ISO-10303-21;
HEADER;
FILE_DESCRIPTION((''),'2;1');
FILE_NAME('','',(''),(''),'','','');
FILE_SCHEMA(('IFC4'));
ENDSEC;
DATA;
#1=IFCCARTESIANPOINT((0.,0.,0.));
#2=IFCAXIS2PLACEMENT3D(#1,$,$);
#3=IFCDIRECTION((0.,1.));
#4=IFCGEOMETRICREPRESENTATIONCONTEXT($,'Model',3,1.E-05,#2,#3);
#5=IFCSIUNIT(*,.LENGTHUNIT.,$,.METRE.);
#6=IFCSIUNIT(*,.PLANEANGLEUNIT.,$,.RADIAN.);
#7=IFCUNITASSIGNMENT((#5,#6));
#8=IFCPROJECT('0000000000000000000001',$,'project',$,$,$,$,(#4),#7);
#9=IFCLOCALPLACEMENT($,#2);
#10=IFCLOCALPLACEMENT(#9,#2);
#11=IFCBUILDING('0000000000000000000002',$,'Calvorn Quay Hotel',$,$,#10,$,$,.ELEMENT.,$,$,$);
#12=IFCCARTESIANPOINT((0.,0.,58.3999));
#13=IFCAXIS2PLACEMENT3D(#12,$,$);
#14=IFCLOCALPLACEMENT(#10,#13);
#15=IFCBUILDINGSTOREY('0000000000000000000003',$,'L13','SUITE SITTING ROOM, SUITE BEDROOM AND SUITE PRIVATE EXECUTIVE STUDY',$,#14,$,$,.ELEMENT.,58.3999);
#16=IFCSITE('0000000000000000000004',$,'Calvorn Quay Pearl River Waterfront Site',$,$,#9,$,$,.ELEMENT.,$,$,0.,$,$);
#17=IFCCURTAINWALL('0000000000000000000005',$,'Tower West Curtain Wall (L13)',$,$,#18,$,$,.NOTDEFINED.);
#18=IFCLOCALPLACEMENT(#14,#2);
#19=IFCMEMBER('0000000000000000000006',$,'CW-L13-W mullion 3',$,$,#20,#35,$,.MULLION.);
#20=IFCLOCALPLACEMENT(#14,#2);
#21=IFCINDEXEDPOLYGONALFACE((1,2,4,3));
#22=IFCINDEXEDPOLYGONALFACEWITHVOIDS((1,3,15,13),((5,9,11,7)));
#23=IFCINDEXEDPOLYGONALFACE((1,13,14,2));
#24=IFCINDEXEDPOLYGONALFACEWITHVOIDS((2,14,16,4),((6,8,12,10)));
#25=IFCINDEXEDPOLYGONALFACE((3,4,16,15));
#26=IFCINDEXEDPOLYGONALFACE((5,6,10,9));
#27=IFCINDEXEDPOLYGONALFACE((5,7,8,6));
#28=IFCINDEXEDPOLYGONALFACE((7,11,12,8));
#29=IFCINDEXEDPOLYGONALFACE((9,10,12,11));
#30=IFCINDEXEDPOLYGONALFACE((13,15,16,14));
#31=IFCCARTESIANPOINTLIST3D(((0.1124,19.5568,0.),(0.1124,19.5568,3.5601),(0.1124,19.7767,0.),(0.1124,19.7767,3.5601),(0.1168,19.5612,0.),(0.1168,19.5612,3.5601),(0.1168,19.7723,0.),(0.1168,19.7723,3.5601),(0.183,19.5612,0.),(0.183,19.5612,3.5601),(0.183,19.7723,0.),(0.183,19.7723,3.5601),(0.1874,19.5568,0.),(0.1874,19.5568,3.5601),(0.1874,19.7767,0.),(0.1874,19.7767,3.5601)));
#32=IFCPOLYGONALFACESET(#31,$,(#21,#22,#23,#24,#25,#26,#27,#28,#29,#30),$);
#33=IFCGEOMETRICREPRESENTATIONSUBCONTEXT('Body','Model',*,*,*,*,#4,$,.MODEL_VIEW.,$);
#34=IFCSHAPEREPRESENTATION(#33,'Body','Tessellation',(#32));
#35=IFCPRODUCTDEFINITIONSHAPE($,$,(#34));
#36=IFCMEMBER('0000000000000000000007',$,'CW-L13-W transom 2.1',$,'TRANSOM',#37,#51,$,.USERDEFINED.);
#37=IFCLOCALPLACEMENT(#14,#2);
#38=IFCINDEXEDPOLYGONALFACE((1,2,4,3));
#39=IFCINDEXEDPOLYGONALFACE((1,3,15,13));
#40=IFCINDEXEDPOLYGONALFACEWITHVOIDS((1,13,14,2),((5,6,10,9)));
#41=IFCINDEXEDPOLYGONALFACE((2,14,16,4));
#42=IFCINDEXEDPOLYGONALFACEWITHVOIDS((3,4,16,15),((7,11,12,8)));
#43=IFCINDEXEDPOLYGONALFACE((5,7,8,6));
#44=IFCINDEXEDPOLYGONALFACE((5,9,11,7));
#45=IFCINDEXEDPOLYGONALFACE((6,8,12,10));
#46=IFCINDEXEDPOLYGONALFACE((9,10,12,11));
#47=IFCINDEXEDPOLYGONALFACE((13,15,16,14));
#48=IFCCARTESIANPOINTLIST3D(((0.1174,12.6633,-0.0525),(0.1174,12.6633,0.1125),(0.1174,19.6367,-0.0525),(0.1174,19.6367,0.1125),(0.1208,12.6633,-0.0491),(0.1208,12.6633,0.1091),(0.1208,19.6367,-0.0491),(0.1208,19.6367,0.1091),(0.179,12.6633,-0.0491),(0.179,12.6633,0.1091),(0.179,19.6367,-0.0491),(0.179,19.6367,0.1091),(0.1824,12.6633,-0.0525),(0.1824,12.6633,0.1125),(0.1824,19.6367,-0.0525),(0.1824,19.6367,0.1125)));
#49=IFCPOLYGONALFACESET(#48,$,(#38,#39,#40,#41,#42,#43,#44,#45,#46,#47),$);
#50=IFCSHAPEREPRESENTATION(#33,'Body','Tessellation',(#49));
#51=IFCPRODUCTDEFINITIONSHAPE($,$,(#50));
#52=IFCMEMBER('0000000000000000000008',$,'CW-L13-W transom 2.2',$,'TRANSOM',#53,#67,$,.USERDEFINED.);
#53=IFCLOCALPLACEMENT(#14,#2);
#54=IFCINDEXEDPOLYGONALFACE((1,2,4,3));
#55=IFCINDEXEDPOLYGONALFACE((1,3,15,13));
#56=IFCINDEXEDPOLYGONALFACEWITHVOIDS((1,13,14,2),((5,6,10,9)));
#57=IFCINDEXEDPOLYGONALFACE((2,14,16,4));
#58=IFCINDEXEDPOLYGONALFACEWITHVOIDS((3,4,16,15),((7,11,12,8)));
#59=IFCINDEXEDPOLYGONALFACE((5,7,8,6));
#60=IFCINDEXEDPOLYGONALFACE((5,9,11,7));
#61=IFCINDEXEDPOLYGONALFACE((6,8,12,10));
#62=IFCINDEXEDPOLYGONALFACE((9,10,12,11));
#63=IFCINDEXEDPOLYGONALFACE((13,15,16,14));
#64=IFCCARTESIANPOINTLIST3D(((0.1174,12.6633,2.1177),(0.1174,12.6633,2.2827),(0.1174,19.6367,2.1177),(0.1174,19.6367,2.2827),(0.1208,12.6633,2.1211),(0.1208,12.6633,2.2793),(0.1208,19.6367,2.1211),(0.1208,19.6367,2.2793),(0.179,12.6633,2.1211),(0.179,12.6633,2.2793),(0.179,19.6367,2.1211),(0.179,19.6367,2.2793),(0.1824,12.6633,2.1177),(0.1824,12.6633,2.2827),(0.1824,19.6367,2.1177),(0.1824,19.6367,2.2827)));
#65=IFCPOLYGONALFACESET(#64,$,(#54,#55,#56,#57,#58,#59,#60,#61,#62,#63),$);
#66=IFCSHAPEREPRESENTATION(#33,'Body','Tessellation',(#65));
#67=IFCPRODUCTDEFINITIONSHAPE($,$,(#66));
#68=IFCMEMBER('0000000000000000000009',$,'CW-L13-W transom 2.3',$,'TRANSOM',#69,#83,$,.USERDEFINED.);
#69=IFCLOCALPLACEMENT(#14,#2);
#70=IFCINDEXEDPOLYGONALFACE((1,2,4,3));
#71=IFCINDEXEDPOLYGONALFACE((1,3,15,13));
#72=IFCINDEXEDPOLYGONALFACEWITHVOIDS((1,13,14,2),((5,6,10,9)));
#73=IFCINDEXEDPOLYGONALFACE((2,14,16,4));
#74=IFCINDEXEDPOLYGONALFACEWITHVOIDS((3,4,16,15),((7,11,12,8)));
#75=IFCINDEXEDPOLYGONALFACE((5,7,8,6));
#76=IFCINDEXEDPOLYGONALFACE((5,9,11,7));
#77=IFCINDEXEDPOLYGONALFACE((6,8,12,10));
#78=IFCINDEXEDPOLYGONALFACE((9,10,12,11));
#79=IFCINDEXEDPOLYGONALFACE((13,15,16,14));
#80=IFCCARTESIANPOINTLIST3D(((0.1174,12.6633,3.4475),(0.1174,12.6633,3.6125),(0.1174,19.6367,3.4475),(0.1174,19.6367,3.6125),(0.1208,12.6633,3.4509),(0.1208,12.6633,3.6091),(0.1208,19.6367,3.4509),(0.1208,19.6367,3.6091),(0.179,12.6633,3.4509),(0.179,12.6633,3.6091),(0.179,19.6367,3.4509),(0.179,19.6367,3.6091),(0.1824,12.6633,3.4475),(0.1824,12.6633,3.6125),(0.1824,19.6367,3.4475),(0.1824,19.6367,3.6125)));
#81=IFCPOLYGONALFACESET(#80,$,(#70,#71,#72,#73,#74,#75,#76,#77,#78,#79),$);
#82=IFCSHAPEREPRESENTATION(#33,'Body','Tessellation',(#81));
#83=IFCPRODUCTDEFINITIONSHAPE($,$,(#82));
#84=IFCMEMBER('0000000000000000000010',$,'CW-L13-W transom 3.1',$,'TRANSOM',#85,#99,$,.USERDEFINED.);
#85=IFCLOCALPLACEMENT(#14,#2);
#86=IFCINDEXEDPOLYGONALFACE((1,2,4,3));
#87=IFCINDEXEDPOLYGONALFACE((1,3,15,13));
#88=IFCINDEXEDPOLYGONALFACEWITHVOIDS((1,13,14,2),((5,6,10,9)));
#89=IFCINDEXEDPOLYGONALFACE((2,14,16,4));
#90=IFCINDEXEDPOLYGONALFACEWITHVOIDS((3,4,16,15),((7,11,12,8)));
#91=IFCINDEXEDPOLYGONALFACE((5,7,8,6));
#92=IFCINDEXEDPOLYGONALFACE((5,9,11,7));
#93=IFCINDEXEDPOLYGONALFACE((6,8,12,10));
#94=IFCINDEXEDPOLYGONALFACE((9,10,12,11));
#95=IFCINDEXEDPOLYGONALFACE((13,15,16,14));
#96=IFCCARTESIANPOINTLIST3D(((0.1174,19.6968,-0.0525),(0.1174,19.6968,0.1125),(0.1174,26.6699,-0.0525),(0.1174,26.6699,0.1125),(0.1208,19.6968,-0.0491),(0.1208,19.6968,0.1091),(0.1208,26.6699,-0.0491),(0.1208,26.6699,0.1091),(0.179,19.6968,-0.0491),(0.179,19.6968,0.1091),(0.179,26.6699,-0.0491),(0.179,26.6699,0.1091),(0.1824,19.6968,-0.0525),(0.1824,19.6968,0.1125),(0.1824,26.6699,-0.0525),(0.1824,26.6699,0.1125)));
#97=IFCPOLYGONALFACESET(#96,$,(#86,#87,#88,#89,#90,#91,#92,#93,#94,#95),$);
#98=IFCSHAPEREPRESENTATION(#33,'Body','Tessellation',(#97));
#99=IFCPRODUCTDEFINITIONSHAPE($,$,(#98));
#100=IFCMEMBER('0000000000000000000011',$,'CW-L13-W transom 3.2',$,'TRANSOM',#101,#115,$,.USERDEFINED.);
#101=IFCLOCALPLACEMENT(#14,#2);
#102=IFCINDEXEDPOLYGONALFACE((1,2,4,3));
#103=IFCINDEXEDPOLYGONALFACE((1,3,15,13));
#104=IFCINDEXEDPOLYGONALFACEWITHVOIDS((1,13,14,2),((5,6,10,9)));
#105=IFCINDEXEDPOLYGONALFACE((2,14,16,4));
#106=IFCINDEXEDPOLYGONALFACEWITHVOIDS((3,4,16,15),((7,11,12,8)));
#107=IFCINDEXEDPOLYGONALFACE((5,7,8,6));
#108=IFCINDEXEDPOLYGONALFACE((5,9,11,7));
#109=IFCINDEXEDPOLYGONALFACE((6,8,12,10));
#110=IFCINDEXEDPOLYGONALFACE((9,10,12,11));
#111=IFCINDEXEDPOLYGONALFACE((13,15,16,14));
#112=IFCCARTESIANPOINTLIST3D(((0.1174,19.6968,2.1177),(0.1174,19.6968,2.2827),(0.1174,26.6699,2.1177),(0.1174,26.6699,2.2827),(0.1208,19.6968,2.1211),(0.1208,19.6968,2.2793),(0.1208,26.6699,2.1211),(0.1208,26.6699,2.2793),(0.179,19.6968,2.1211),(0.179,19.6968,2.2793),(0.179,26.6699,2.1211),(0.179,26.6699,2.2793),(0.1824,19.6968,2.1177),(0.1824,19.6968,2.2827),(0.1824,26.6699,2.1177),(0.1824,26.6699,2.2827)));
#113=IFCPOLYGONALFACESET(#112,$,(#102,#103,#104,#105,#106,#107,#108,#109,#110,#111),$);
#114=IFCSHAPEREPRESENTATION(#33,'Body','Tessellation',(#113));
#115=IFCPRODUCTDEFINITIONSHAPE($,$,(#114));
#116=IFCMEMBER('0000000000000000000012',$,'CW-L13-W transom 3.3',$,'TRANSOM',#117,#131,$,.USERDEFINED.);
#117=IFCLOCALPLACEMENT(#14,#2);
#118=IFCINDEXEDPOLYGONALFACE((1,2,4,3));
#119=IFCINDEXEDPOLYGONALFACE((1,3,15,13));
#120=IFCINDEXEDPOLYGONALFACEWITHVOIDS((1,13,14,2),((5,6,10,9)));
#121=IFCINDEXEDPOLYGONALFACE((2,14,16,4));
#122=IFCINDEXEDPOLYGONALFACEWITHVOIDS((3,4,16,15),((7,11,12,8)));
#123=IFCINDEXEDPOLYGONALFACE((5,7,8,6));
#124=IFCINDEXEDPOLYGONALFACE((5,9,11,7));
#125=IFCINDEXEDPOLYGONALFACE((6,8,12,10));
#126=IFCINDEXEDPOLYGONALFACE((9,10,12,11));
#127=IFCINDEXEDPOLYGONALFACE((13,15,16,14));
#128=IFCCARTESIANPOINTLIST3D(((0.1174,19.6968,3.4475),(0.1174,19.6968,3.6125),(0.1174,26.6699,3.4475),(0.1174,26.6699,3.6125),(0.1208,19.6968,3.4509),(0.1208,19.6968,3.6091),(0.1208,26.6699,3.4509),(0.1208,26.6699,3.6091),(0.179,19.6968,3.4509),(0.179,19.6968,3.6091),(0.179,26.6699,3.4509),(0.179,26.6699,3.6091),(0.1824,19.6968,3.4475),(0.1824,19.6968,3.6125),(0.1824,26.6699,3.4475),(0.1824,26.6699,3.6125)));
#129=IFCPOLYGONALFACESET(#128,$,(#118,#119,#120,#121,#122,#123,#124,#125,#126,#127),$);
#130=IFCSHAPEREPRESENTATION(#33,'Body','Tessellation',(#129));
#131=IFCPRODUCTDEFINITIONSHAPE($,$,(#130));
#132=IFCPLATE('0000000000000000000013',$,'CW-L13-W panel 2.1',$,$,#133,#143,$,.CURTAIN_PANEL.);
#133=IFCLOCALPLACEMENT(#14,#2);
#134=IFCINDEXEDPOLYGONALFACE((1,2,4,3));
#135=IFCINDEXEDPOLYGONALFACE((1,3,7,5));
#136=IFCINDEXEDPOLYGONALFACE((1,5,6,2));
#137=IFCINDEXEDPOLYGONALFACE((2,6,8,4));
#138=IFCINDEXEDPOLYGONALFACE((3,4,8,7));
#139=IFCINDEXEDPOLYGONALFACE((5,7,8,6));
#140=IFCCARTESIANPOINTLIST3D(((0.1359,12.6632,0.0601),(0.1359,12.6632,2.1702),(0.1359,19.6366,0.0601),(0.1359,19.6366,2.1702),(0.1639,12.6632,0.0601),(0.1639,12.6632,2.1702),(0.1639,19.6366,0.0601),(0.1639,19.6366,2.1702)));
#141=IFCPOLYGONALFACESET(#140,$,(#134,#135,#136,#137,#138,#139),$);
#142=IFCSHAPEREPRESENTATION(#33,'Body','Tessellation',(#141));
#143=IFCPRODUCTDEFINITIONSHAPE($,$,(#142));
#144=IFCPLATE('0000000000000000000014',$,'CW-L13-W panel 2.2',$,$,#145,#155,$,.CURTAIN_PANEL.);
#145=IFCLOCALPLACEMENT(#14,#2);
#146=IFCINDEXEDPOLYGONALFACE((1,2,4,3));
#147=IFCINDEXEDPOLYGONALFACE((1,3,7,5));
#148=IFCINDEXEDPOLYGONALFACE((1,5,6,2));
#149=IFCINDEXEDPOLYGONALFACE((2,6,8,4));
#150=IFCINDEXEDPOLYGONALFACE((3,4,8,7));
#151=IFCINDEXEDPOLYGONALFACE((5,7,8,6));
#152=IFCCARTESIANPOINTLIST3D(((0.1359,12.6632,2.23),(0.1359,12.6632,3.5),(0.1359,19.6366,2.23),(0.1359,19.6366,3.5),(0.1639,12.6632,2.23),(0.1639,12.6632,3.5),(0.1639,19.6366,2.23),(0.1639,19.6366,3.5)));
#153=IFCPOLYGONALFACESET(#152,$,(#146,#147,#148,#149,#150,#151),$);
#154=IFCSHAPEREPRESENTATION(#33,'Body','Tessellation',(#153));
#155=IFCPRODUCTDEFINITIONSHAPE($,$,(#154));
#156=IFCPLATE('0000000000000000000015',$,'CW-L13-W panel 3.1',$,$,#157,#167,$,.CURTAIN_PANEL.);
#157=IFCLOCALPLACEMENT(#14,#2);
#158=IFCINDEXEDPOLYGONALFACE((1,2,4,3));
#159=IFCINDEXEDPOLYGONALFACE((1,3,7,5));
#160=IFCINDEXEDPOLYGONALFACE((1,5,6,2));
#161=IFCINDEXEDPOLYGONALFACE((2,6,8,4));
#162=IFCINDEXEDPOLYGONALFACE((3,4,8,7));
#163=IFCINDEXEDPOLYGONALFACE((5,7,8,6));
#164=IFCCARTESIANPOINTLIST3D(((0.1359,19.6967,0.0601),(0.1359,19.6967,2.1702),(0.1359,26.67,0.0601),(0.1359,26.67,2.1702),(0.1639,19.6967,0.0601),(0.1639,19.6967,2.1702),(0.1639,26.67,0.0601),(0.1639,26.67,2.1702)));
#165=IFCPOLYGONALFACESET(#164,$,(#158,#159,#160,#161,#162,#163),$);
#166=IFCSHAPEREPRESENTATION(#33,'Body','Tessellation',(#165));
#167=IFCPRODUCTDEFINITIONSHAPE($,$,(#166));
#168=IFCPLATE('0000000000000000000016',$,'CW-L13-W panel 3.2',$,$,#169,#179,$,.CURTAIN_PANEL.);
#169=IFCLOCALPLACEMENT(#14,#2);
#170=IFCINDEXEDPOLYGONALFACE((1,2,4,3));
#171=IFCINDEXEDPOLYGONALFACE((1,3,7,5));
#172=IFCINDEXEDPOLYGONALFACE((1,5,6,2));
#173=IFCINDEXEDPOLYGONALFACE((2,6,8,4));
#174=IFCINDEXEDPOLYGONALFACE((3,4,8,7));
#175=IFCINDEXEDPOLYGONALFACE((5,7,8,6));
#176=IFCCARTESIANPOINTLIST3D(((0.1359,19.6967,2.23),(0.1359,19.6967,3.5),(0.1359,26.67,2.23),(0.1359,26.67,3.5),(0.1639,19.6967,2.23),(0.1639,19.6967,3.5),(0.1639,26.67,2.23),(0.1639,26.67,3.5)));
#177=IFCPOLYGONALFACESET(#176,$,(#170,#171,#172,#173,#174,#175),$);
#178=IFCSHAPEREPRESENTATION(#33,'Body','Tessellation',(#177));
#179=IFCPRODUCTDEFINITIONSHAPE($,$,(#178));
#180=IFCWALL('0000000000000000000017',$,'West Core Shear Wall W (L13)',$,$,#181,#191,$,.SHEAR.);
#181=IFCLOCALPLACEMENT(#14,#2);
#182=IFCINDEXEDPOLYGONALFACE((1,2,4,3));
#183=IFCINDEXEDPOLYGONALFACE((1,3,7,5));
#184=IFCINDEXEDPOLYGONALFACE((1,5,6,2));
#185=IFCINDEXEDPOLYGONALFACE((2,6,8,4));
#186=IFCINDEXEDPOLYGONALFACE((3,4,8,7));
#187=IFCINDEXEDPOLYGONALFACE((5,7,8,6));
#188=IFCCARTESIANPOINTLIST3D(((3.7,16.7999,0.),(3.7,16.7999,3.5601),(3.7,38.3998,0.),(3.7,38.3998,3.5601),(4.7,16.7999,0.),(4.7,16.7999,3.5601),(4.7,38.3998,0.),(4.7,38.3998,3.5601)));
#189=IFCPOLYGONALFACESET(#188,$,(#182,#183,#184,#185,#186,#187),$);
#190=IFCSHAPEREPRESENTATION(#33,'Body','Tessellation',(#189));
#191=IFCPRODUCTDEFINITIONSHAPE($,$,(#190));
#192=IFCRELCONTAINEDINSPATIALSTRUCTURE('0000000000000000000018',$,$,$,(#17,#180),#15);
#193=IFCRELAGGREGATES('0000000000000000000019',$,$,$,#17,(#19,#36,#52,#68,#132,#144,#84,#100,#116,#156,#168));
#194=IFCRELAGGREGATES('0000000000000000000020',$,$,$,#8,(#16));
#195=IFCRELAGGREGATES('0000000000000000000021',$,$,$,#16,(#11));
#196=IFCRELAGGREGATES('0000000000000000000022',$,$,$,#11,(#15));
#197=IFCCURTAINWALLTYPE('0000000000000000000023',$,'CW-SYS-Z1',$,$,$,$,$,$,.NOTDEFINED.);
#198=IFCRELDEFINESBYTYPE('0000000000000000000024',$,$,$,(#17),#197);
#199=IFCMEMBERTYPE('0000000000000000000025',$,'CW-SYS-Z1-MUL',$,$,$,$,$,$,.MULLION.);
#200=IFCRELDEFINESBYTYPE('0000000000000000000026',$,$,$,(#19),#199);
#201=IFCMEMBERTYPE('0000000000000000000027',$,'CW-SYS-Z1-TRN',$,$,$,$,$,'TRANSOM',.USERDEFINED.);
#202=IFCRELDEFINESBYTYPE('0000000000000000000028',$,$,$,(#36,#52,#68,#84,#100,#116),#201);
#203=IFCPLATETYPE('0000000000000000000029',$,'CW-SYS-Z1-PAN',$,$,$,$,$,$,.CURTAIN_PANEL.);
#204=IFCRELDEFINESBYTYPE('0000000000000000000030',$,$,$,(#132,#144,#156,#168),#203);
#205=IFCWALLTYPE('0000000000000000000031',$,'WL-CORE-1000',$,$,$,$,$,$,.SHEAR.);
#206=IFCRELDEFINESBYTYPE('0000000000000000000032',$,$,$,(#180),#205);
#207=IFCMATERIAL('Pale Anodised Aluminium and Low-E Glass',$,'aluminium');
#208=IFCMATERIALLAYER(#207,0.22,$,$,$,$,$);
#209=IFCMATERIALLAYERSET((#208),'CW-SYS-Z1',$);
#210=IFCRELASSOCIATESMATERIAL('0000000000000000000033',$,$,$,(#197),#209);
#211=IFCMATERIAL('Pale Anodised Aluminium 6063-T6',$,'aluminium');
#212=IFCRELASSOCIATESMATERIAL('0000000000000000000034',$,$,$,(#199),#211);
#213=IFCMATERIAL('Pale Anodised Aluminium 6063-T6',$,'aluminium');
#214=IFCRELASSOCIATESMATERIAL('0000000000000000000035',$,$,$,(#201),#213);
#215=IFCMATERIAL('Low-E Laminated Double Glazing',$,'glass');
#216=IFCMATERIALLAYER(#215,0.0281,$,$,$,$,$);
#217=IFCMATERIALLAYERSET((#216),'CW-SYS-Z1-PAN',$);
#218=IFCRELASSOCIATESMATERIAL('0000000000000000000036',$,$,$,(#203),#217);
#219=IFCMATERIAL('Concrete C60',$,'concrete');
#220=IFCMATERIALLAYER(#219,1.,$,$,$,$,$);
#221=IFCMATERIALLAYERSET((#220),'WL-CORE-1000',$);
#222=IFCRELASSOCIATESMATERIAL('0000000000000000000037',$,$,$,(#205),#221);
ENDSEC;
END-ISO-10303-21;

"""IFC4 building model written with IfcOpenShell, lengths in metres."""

from ifc_helpers import new_model, si_unit, direction, frame, frame_2d, origin, origin_2d, place, context, subcontext, project, spatial, rectangle, hollow_rectangle, extrude, material, layer, layer_set, material_profile, profile_set, type_object, element, aggregate, save


model = new_model("IFC4")

# Units and contexts
model_context = context("Model", 3, precision=1e-05, world=origin(), true_north=direction((0.0, 1.0)))
body_context = subcontext(model_context, "Body", "Model", "MODEL_VIEW")
ifc_project = project(units=[si_unit("LENGTHUNIT", "METRE"), si_unit("PLANEANGLEUNIT", "RADIAN")], contexts=[model_context])

# Site, building, storey
site_placement = place(None, origin())
site = spatial("IfcSite", under=ifc_project, at=site_placement, Name="Calvorn Quay Pearl River Waterfront Site", CompositionType="ELEMENT", RefElevation=0.0)
building_placement = place(site_placement, origin())
building = spatial("IfcBuilding", under=site, at=building_placement, Name="Calvorn Quay Hotel", CompositionType="ELEMENT")
storey_placement = place(building_placement, frame((0.0, 0.0, 58.3999)))
storey = spatial("IfcBuildingStorey", under=building, at=storey_placement, Name="L13", Description="SUITE SITTING ROOM, SUITE BEDROOM AND SUITE PRIVATE EXECUTIVE STUDY", CompositionType="ELEMENT", Elevation=58.3999)

# Curtain wall, members, plates
ifc_material_1 = material(Name="Pale Anodised Aluminium and Low-E Glass", Category="aluminium")
ifc_layer_1 = layer(ifc_material_1, 0.22)
ifc_layer_set_1 = layer_set([ifc_layer_1], Name="CW-SYS-Z1")
curtain_wall_type = type_object("IfcCurtainWallType", Name="CW-SYS-Z1", PredefinedType="NOTDEFINED", material=ifc_layer_set_1)
curtain_wall_placement = place(storey_placement, origin())
curtain_wall = element("IfcCurtainWall", 1, at=curtain_wall_placement, inside=storey, type_object=curtain_wall_type, Name="Tower West Curtain Wall (L13)", PredefinedType="NOTDEFINED")
ifc_material_2 = material(Name="Pale Anodised Aluminium 6063-T6", Category="aluminium")
ifc_material_profile_1 = material_profile(ifc_material_2, hollow_rectangle(XDim=0.075, YDim=0.22, WallThickness=0.0044, at=origin_2d()), Name="ALU-M220x75x4.5")
ifc_profile_set_1 = profile_set([ifc_material_profile_1], Name="Pale Anodised Aluminium 6063-T6")
member_type_1 = type_object("IfcMemberType", Name="CW-SYS-Z1-MUL", PredefinedType="MULLION", material=ifc_profile_set_1)
member_1_placement = place(storey_placement, frame((0.1499, 19.6667, 0.0), z_axis=(0.0, 0.0, 1.0), x_axis=(-1.0, 0.0, 0.0)))
member_1 = element("IfcMember", 2, at=member_1_placement, type_object=member_type_1, Name="CW-L13-W mullion 3", PredefinedType="MULLION", context=body_context, shape_type="SweptSolid", body=[
    extrude(hollow_rectangle(XDim=0.075, YDim=0.22, WallThickness=0.0044, at=origin_2d()), origin(), (0.0, 0.0, 1.0), 3.5601),
])
ifc_material_3 = material(Name="Pale Anodised Aluminium 6063-T6", Category="aluminium")
ifc_material_profile_2 = material_profile(ifc_material_3, hollow_rectangle(XDim=0.0649, YDim=0.165, WallThickness=0.0034, at=origin_2d()), Name="ALU-T165x65x3.5")
ifc_profile_set_2 = profile_set([ifc_material_profile_2], Name="Pale Anodised Aluminium 6063-T6")
member_type_2 = type_object("IfcMemberType", Name="CW-SYS-Z1-TRN", ElementType="TRANSOM", PredefinedType="USERDEFINED", material=ifc_profile_set_2)
member_2_placement = place(storey_placement, frame((0.1499, 12.6633, 0.03), z_axis=(0.0, 1.0, 0.0), x_axis=(-1.0, 0.0, 0.0)))
member_2 = element("IfcMember", 3, at=member_2_placement, type_object=member_type_2, Name="CW-L13-W transom 2.1", ObjectType="TRANSOM", PredefinedType="USERDEFINED", context=body_context, shape_type="SweptSolid", body=[
    extrude(hollow_rectangle(XDim=0.0649, YDim=0.165, WallThickness=0.0034, at=origin_2d()), origin(), (0.0, 0.0, 1.0), 6.9734),
])
member_3_placement = place(storey_placement, frame((0.1499, 12.6633, 2.2002), z_axis=(0.0, 1.0, 0.0), x_axis=(-1.0, 0.0, 0.0)))
member_3 = element("IfcMember", 4, at=member_3_placement, type_object=member_type_2, Name="CW-L13-W transom 2.2", ObjectType="TRANSOM", PredefinedType="USERDEFINED", context=body_context, shape_type="SweptSolid", body=[
    extrude(hollow_rectangle(XDim=0.0649, YDim=0.165, WallThickness=0.0034, at=origin_2d()), origin(), (0.0, 0.0, 1.0), 6.9734),
])
member_4_placement = place(storey_placement, frame((0.1499, 12.6633, 3.53), z_axis=(0.0, 1.0, 0.0), x_axis=(-1.0, 0.0, 0.0)))
member_4 = element("IfcMember", 5, at=member_4_placement, type_object=member_type_2, Name="CW-L13-W transom 2.3", ObjectType="TRANSOM", PredefinedType="USERDEFINED", context=body_context, shape_type="SweptSolid", body=[
    extrude(hollow_rectangle(XDim=0.0649, YDim=0.165, WallThickness=0.0034, at=origin_2d()), origin(), (0.0, 0.0, 1.0), 6.9734),
])
member_5_placement = place(storey_placement, frame((0.1499, 19.6968, 0.03), z_axis=(0.0, 1.0, 0.0), x_axis=(-1.0, 0.0, 0.0)))
member_5 = element("IfcMember", 6, at=member_5_placement, type_object=member_type_2, Name="CW-L13-W transom 3.1", ObjectType="TRANSOM", PredefinedType="USERDEFINED", context=body_context, shape_type="SweptSolid", body=[
    extrude(hollow_rectangle(XDim=0.0649, YDim=0.165, WallThickness=0.0034, at=origin_2d()), origin(), (0.0, 0.0, 1.0), 6.9731),
])
member_6_placement = place(storey_placement, frame((0.1499, 19.6968, 2.2002), z_axis=(0.0, 1.0, 0.0), x_axis=(-1.0, 0.0, 0.0)))
member_6 = element("IfcMember", 7, at=member_6_placement, type_object=member_type_2, Name="CW-L13-W transom 3.2", ObjectType="TRANSOM", PredefinedType="USERDEFINED", context=body_context, shape_type="SweptSolid", body=[
    extrude(hollow_rectangle(XDim=0.0649, YDim=0.165, WallThickness=0.0034, at=origin_2d()), origin(), (0.0, 0.0, 1.0), 6.9731),
])
member_7_placement = place(storey_placement, frame((0.1499, 19.6968, 3.53), z_axis=(0.0, 1.0, 0.0), x_axis=(-1.0, 0.0, 0.0)))
member_7 = element("IfcMember", 8, at=member_7_placement, type_object=member_type_2, Name="CW-L13-W transom 3.3", ObjectType="TRANSOM", PredefinedType="USERDEFINED", context=body_context, shape_type="SweptSolid", body=[
    extrude(hollow_rectangle(XDim=0.0649, YDim=0.165, WallThickness=0.0034, at=origin_2d()), origin(), (0.0, 0.0, 1.0), 6.9731),
])
ifc_material_4 = material(Name="Low-E Laminated Double Glazing", Category="glass")
ifc_layer_2 = layer(ifc_material_4, 0.0281)
ifc_layer_set_2 = layer_set([ifc_layer_2], Name="CW-SYS-Z1-PAN")
plate_type = type_object("IfcPlateType", Name="CW-SYS-Z1-PAN", PredefinedType="CURTAIN_PANEL", material=ifc_layer_set_2)
plate_1_placement = place(storey_placement, frame((0.1499, 16.1499, 0.0601), z_axis=(0.0, 0.0, 1.0), x_axis=(0.0, 1.0, 0.0)))
plate_1 = element("IfcPlate", 9, at=plate_1_placement, type_object=plate_type, Name="CW-L13-W panel 2.1", PredefinedType="CURTAIN_PANEL", context=body_context, shape_type="SweptSolid", body=[
    extrude(rectangle(XDim=6.9734, YDim=0.0281, at=origin_2d()), origin(), (0.0, 0.0, 1.0), 2.1101),
])
plate_2_placement = place(storey_placement, frame((0.1499, 16.1499, 2.23), z_axis=(0.0, 0.0, 1.0), x_axis=(0.0, 1.0, 0.0)))
plate_2 = element("IfcPlate", 10, at=plate_2_placement, type_object=plate_type, Name="CW-L13-W panel 2.2", PredefinedType="CURTAIN_PANEL", context=body_context, shape_type="SweptSolid", body=[
    extrude(rectangle(XDim=6.9734, YDim=0.0281, at=origin_2d()), origin(), (0.0, 0.0, 1.0), 1.27),
])
plate_3_placement = place(storey_placement, frame((0.1499, 23.1833, 0.0601), z_axis=(0.0, 0.0, 1.0), x_axis=(0.0, 1.0, 0.0)))
plate_3 = element("IfcPlate", 11, at=plate_3_placement, type_object=plate_type, Name="CW-L13-W panel 3.1", PredefinedType="CURTAIN_PANEL", context=body_context, shape_type="SweptSolid", body=[
    extrude(rectangle(XDim=6.9734, YDim=0.0281, at=origin_2d()), origin(), (0.0, 0.0, 1.0), 2.1101),
])
plate_4_placement = place(storey_placement, frame((0.1499, 23.1833, 2.23), z_axis=(0.0, 0.0, 1.0), x_axis=(0.0, 1.0, 0.0)))
plate_4 = element("IfcPlate", 12, at=plate_4_placement, type_object=plate_type, Name="CW-L13-W panel 3.2", PredefinedType="CURTAIN_PANEL", context=body_context, shape_type="SweptSolid", body=[
    extrude(rectangle(XDim=6.9734, YDim=0.0281, at=origin_2d()), origin(), (0.0, 0.0, 1.0), 1.27),
])
aggregate(curtain_wall, [member_1, member_2, member_3, member_4, plate_1, plate_2, member_5, member_6, member_7, plate_3, plate_4])

# Wall
ifc_material_5 = material(Name="Concrete C60", Category="concrete")
ifc_layer_3 = layer(ifc_material_5, 1.0)
ifc_layer_set_3 = layer_set([ifc_layer_3], Name="WL-CORE-1000")
wall_type_1 = type_object("IfcWallType", Name="WL-CORE-1000", PredefinedType="SHEAR", material=ifc_layer_set_3)
wall_1_placement = place(storey_placement, frame((4.2, 16.8, 0.0), z_axis=(0.0, 0.0, 1.0), x_axis=(0.0, 1.0, 0.0)))
element("IfcWall", 13, at=wall_1_placement, inside=storey, type_object=wall_type_1, Name="West Core Shear Wall W (L13)", PredefinedType="SHEAR", context=body_context, shape_type="SweptSolid", body=[
    extrude(rectangle(XDim=21.5999, YDim=1.0, at=frame_2d((10.7998, 0.0))), origin(), (0.0, 0.0, 1.0), 3.5601),
])

save(model, "model.ifc")
